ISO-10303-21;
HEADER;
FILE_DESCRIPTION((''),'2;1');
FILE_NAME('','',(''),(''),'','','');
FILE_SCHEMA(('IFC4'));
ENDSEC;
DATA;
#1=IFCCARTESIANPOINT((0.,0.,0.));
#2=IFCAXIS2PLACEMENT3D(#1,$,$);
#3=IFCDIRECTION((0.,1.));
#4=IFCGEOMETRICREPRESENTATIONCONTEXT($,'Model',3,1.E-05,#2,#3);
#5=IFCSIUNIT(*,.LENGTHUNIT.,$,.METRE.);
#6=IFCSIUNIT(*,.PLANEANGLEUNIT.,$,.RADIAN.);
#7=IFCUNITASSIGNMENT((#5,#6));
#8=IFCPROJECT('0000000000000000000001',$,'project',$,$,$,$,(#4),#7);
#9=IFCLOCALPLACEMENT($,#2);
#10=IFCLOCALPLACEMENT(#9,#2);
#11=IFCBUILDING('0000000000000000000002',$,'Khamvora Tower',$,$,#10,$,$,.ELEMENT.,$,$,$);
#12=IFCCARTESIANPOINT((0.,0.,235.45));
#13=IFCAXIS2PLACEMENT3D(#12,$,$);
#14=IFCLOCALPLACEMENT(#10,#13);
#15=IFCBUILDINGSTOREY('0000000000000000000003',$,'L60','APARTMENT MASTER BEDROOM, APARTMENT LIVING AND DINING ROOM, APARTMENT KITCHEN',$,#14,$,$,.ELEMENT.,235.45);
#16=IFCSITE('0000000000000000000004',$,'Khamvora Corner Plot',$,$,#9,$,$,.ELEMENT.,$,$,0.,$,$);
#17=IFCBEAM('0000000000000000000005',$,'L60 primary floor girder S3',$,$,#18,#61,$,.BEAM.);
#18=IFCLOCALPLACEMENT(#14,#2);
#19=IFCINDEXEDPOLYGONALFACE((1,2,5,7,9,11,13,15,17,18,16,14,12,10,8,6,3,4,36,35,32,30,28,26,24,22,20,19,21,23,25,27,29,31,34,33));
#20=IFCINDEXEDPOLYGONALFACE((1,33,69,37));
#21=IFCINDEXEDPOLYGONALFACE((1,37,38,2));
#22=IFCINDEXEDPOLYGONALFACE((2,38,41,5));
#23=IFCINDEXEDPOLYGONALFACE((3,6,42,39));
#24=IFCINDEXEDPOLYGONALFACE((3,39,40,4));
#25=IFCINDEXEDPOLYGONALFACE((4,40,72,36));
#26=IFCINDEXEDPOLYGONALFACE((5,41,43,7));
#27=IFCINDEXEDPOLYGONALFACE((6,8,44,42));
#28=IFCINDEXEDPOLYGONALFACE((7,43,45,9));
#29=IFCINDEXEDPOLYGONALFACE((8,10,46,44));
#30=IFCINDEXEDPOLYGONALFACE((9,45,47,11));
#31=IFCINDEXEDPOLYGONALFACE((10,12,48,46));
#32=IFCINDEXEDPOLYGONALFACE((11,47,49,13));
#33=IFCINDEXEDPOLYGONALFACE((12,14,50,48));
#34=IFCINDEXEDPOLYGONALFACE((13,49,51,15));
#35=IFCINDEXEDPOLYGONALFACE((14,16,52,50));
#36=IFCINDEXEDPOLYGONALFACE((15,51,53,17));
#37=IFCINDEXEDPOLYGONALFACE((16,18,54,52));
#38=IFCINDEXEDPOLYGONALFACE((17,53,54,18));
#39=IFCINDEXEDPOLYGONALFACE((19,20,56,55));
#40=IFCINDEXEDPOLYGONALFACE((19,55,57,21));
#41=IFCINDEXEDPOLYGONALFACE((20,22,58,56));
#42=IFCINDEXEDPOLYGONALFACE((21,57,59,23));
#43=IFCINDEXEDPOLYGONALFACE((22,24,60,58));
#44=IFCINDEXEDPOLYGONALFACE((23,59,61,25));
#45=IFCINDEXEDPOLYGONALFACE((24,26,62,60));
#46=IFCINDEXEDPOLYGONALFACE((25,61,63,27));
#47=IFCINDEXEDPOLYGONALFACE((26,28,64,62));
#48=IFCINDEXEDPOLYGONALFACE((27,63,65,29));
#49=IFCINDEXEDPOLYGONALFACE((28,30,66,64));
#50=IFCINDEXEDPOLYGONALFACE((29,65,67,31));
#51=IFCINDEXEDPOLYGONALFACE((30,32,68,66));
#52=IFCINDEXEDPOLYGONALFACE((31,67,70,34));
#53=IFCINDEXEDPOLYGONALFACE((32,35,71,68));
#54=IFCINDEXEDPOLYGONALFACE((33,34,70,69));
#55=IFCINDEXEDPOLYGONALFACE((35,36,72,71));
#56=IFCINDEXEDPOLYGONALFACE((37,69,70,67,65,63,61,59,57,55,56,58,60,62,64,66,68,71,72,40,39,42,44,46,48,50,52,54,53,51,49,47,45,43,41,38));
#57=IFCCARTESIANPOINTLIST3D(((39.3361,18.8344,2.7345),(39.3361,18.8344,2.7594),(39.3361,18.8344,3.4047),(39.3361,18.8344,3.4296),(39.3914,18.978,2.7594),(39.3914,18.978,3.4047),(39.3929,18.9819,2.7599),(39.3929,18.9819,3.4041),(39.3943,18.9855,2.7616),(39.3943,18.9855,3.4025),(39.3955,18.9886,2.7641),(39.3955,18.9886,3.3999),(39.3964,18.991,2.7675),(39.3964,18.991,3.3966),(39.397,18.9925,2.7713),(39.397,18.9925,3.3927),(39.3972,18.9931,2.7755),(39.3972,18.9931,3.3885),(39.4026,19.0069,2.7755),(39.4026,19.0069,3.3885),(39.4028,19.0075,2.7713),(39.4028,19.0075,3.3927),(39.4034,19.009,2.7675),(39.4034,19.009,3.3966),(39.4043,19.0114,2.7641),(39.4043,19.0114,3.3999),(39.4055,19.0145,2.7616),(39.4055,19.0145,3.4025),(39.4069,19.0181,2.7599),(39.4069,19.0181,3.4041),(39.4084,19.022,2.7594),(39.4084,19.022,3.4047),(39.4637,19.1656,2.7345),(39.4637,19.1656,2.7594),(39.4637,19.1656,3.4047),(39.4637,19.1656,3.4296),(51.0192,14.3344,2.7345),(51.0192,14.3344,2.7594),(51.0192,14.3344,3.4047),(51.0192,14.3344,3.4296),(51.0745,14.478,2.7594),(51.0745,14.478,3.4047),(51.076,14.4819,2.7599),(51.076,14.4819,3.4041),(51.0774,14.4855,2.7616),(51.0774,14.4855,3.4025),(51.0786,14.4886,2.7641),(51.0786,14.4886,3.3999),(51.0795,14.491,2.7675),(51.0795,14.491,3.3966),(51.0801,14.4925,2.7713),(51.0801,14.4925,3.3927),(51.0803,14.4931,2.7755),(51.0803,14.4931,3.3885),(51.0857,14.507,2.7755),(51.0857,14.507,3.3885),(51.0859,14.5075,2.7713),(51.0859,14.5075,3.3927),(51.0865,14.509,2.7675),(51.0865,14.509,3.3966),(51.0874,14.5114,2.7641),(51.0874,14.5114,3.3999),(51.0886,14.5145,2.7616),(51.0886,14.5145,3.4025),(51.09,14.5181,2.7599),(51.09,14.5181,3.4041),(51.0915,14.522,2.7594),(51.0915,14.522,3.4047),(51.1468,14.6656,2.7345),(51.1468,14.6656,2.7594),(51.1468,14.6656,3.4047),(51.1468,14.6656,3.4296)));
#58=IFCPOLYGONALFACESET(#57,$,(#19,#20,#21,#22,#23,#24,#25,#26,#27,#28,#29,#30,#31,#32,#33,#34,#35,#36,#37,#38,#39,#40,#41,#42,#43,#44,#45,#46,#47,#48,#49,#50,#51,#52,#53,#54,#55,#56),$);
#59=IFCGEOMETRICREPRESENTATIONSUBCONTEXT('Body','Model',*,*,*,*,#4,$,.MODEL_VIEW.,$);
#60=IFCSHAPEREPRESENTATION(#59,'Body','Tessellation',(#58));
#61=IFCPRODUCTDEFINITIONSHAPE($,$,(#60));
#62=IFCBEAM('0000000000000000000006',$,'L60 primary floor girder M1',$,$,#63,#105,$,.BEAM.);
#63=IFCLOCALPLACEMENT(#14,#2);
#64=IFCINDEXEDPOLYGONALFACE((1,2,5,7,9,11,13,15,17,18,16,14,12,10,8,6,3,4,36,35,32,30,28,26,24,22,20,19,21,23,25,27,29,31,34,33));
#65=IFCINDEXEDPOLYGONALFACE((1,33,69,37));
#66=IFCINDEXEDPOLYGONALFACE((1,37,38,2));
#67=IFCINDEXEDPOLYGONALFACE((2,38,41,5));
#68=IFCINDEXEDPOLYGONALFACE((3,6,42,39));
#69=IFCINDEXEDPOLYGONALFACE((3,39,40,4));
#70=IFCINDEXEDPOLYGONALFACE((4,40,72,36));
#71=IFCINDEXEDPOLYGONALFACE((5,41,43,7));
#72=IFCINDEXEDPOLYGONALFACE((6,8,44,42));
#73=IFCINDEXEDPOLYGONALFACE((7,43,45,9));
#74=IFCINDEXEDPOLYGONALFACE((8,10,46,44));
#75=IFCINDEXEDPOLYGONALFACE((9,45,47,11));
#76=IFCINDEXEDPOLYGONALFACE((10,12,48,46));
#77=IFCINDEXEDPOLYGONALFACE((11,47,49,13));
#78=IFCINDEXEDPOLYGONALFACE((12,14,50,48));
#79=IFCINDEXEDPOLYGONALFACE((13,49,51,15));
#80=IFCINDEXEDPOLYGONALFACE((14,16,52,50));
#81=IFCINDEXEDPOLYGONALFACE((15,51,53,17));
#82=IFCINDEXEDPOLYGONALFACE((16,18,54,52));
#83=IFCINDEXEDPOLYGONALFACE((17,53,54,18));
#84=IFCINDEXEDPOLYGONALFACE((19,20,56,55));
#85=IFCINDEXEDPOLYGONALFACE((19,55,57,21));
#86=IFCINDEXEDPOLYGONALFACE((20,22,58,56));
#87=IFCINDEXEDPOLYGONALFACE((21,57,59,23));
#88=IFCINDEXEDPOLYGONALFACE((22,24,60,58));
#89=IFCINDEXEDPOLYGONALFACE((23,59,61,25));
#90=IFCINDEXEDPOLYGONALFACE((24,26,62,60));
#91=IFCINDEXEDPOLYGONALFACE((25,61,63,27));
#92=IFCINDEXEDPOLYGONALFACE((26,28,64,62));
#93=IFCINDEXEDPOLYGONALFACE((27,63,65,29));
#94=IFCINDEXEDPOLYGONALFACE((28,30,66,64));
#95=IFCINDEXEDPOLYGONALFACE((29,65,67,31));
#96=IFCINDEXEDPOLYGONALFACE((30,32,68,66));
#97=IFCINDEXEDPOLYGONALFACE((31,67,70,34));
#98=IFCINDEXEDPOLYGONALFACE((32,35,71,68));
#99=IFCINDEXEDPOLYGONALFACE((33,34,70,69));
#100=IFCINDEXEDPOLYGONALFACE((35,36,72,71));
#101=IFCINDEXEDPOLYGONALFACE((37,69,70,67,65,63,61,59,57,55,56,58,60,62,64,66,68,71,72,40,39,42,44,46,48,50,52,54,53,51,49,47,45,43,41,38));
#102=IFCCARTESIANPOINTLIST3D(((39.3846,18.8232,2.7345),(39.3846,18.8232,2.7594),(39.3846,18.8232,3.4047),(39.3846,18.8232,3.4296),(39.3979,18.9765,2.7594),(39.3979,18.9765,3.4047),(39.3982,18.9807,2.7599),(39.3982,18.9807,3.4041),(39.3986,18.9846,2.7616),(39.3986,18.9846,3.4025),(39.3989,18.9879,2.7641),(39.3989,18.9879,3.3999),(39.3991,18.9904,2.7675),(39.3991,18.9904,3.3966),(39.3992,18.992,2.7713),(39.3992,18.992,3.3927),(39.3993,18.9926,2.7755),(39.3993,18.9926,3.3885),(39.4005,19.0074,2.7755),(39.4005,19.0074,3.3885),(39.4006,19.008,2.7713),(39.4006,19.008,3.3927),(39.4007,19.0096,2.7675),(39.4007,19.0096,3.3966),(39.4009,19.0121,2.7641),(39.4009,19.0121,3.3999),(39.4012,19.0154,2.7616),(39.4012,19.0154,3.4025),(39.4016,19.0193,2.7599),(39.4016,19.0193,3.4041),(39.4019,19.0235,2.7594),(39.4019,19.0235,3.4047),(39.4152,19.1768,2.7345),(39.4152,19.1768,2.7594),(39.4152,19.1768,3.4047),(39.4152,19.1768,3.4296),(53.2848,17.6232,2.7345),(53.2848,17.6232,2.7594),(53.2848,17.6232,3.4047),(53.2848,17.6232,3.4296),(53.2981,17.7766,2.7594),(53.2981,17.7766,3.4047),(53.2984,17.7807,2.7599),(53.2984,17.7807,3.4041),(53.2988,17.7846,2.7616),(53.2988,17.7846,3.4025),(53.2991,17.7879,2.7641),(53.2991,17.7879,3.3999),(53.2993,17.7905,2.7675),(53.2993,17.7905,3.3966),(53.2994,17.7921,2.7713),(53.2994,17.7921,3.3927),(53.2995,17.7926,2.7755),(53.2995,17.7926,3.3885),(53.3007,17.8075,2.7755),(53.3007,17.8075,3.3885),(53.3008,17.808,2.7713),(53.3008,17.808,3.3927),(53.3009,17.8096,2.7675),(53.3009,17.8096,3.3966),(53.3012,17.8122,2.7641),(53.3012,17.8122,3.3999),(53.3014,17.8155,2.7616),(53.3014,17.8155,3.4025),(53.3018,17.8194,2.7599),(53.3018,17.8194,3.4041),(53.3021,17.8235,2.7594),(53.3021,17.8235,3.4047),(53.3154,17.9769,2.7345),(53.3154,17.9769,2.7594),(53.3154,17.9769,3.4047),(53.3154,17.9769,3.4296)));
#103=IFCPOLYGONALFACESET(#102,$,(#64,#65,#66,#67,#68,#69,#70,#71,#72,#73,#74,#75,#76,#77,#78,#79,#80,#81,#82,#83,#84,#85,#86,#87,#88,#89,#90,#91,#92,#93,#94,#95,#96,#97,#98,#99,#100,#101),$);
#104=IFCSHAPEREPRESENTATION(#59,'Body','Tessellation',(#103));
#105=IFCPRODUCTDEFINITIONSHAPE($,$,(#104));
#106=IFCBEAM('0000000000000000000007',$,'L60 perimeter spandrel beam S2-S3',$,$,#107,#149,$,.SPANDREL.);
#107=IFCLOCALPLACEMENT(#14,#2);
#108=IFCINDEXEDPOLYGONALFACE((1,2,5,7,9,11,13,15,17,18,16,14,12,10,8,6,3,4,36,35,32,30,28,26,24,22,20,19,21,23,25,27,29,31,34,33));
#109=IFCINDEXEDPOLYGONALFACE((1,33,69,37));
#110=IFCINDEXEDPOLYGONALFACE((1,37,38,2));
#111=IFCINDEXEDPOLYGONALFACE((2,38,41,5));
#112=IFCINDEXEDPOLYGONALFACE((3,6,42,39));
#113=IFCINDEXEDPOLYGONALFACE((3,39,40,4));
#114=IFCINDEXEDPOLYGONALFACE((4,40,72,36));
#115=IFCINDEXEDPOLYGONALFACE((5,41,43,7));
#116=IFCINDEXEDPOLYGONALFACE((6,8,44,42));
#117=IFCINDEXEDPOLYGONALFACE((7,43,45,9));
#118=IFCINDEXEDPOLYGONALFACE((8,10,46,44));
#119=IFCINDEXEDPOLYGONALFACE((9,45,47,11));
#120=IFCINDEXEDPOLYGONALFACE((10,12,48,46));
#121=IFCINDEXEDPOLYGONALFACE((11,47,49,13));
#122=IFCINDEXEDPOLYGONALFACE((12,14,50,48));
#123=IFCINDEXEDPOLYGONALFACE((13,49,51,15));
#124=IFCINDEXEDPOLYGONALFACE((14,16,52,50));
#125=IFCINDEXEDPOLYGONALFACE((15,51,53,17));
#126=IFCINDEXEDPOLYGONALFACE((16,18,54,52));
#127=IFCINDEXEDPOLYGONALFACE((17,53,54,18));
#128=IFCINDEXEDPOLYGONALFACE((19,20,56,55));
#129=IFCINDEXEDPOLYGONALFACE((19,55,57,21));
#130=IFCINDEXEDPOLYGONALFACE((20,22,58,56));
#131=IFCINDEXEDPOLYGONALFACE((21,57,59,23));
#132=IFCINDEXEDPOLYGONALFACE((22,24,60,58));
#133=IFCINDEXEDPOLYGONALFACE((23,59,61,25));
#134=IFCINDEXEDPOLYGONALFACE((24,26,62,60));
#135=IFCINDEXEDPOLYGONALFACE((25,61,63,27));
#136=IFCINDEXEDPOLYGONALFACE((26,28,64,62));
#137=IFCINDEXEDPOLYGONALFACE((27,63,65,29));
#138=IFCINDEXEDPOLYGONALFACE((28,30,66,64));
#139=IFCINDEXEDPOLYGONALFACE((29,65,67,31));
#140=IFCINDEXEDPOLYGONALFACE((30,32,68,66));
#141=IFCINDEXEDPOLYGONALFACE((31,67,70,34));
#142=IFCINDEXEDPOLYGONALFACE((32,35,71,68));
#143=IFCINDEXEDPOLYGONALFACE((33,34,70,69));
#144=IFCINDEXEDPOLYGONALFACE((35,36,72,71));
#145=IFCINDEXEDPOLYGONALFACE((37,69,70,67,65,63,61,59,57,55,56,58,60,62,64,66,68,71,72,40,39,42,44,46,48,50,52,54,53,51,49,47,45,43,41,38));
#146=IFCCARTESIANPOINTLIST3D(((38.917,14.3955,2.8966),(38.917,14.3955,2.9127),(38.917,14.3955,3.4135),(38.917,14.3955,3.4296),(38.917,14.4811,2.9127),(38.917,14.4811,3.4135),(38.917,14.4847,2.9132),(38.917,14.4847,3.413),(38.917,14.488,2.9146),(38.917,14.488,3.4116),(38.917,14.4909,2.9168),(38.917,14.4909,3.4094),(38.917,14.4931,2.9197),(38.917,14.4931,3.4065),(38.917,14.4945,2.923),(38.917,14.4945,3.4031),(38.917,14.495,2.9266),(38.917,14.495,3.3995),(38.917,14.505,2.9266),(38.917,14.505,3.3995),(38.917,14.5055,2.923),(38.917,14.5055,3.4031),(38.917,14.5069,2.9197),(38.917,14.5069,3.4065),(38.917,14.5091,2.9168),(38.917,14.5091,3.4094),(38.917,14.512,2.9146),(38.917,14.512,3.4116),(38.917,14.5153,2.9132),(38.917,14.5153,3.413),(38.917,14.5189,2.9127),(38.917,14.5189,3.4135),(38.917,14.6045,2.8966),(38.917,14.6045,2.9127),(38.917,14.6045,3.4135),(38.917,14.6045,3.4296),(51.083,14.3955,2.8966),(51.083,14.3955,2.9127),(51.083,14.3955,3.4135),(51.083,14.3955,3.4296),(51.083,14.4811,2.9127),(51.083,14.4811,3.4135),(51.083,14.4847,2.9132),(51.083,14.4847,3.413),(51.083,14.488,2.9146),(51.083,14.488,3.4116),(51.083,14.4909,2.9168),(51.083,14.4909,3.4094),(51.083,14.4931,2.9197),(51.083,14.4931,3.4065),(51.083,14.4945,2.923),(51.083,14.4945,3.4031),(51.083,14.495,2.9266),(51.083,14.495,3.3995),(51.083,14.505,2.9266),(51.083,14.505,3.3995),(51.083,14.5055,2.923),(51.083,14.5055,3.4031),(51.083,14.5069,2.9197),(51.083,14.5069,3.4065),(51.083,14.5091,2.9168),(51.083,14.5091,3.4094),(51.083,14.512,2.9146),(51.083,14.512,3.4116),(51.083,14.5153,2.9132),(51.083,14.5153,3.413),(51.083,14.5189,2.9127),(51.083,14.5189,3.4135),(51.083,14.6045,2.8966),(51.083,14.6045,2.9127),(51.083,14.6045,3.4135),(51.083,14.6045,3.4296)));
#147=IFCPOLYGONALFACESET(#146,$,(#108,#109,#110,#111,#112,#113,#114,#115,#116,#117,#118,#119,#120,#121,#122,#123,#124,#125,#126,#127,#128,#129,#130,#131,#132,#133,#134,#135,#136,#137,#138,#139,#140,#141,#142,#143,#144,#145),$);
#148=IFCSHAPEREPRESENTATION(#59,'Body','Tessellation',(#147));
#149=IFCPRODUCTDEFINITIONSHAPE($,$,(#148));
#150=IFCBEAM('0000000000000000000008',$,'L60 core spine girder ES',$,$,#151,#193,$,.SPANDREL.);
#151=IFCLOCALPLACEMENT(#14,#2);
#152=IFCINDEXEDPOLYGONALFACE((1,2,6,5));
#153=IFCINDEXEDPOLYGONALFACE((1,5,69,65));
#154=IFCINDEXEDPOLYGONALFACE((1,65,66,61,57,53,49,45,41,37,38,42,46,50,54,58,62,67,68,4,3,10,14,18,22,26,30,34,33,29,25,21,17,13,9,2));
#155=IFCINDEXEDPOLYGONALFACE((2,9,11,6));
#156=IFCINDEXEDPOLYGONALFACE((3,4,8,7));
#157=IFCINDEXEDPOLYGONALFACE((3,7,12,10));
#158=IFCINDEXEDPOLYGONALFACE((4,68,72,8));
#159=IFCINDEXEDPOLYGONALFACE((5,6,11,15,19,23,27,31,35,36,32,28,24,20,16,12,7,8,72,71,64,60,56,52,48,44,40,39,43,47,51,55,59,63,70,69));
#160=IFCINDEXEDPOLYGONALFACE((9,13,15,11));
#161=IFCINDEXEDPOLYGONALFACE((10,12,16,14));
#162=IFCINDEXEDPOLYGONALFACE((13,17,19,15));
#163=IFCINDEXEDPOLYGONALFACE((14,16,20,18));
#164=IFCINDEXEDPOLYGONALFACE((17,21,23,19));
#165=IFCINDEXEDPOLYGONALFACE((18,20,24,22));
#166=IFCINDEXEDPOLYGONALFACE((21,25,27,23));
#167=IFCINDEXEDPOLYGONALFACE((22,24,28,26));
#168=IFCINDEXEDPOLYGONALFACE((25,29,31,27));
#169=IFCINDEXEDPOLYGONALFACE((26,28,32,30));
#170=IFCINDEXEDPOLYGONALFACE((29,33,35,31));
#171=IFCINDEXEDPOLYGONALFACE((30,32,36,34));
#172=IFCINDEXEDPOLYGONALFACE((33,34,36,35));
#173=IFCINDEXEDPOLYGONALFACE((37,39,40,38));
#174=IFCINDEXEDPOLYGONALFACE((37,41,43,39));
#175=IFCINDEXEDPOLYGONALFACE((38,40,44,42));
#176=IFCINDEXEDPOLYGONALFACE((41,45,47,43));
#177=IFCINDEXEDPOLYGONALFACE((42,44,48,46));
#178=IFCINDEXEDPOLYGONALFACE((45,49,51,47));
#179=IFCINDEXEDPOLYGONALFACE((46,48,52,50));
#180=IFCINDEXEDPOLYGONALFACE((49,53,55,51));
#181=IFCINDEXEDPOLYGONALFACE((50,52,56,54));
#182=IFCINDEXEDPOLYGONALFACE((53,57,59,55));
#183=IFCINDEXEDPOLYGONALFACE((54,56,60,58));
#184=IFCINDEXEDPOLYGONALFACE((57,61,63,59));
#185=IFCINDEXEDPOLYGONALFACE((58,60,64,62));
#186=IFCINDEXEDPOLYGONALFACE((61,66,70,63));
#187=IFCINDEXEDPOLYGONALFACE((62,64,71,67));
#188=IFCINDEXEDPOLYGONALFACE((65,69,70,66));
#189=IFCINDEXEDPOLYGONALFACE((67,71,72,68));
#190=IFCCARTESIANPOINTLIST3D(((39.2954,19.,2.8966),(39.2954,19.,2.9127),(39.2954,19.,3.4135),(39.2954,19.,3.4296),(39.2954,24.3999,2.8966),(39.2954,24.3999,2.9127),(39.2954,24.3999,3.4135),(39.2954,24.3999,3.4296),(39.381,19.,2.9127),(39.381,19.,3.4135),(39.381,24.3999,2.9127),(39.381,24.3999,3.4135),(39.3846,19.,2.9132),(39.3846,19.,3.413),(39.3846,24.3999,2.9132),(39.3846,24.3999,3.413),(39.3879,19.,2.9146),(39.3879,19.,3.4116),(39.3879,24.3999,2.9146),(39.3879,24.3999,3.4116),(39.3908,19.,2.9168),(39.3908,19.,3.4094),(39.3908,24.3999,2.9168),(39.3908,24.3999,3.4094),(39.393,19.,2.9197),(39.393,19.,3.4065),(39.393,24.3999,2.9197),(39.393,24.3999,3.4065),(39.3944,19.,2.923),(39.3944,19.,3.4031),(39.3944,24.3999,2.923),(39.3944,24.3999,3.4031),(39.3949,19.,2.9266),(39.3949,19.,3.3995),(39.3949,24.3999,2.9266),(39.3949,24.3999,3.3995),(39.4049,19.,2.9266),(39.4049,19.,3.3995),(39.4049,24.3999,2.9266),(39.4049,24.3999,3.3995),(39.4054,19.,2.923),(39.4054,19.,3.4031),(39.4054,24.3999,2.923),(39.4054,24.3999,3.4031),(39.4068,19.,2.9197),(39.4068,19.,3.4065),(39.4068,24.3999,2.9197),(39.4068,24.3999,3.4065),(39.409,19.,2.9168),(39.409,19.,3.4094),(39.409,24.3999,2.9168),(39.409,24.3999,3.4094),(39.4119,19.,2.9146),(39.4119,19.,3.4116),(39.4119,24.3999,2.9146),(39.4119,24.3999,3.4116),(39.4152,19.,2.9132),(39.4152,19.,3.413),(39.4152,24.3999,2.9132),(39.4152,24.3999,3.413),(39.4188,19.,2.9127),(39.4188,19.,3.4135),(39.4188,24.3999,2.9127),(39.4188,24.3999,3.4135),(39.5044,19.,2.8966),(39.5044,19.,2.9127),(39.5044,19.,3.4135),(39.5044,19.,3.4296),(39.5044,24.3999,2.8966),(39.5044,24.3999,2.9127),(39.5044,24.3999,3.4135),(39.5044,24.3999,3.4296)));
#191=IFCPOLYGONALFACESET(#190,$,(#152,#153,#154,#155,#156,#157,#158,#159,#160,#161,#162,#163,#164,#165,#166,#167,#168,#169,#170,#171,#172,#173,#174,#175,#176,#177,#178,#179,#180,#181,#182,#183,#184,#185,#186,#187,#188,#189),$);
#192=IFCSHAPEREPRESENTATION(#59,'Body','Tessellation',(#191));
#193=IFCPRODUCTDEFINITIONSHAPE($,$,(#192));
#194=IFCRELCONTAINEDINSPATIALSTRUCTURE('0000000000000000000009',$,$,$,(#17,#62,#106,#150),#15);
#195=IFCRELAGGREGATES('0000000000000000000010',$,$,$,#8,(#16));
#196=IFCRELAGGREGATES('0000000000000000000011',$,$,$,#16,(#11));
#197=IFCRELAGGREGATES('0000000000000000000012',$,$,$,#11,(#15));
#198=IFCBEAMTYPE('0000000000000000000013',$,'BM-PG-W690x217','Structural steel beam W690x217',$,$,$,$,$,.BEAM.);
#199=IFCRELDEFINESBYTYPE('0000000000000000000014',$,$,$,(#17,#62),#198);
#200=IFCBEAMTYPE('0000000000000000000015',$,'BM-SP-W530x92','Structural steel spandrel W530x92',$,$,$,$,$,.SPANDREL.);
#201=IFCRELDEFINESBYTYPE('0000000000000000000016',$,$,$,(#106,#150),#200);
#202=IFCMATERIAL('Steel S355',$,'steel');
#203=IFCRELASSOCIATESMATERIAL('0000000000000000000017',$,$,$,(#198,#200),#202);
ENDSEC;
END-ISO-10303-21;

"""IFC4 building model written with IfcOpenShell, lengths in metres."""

from ifc_helpers import new_model, si_unit, direction, frame, origin, origin_2d, place, context, subcontext, project, spatial, i_section, extrude, material, material_profile, profile_set, type_object, element, save


model = new_model("IFC4")

# Units and contexts
model_context = context("Model", 3, precision=1e-05, world=origin(), true_north=direction((0.0, 1.0)))
body_context = subcontext(model_context, "Body", "Model", "MODEL_VIEW")
ifc_project = project(units=[si_unit("LENGTHUNIT", "METRE"), si_unit("PLANEANGLEUNIT", "RADIAN")], contexts=[model_context])

# Site, building, storey
site_placement = place(None, origin())
site = spatial("IfcSite", under=ifc_project, at=site_placement, Name="Khamvora Corner Plot", CompositionType="ELEMENT", RefElevation=0.0)
building_placement = place(site_placement, origin())
building = spatial("IfcBuilding", under=site, at=building_placement, Name="Khamvora Tower", CompositionType="ELEMENT")
storey_placement = place(building_placement, frame((0.0, 0.0, 235.45)))
storey = spatial("IfcBuildingStorey", under=building, at=storey_placement, Name="L60", Description="APARTMENT MASTER BEDROOM, APARTMENT LIVING AND DINING ROOM, APARTMENT KITCHEN", CompositionType="ELEMENT", Elevation=235.45)

# Shared definitions
ifc_material_1 = material(Name="Steel S355", Category="steel")

# Beams
ifc_material_profile_1 = material_profile(ifc_material_1, i_section(OverallWidth=0.355, OverallDepth=0.6951, WebThickness=0.0149, FlangeThickness=0.0249, FilletRadius=0.0161, at=origin_2d()), Name="W690x217")
ifc_profile_set_1 = profile_set([ifc_material_profile_1], Name="Steel S355")
beam_type_1 = type_object("IfcBeamType", Name="BM-PG-W690x217", Description="Structural steel beam W690x217", PredefinedType="BEAM", material=ifc_profile_set_1)
beam_1_placement = place(storey_placement, frame((39.3999, 19.0, 3.082), z_axis=(0.933172, -0.359431, 0.0), x_axis=(0.359431, 0.933172, 0.0)))
element("IfcBeam", 1, at=beam_1_placement, inside=storey, type_object=beam_type_1, Name="L60 primary floor girder S3", PredefinedType="BEAM", context=body_context, shape_type="SweptSolid", body=[
    extrude(i_section(OverallWidth=0.355, OverallDepth=0.6951, WebThickness=0.0149, FlangeThickness=0.0249, FilletRadius=0.0161, at=origin_2d()), origin(), (0.0, 0.0, 1.0), 12.5198),
])
beam_2_placement = place(storey_placement, frame((39.3999, 19.0, 3.082), z_axis=(0.996295, -0.086007, 0.0), x_axis=(0.086007, 0.996295, 0.0)))
element("IfcBeam", 2, at=beam_2_placement, inside=storey, type_object=beam_type_1, Name="L60 primary floor girder M1", PredefinedType="BEAM", context=body_context, shape_type="SweptSolid", body=[
    extrude(i_section(OverallWidth=0.355, OverallDepth=0.6951, WebThickness=0.0149, FlangeThickness=0.0249, FilletRadius=0.0161, at=origin_2d()), origin(), (0.0, 0.0, 1.0), 13.9519),
])
ifc_material_profile_2 = material_profile(ifc_material_1, i_section(OverallWidth=0.209, OverallDepth=0.533, WebThickness=0.01, FlangeThickness=0.0161, FilletRadius=0.0139, at=origin_2d()), Name="W530x92")
ifc_profile_set_2 = profile_set([ifc_material_profile_2], Name="Steel S355")
beam_type_2 = type_object("IfcBeamType", Name="BM-SP-W530x92", Description="Structural steel spandrel W530x92", PredefinedType="SPANDREL", material=ifc_profile_set_2)
beam_3_placement = place(storey_placement, frame((38.917, 14.5, 3.1631), z_axis=(1.0, 0.0, 0.0), x_axis=(0.0, 1.0, 0.0)))
element("IfcBeam", 3, at=beam_3_placement, inside=storey, type_object=beam_type_2, Name="L60 perimeter spandrel beam S2-S3", PredefinedType="SPANDREL", context=body_context, shape_type="SweptSolid", body=[
    extrude(i_section(OverallWidth=0.209, OverallDepth=0.533, WebThickness=0.01, FlangeThickness=0.0161, FilletRadius=0.0139, at=origin_2d()), origin(), (0.0, 0.0, 1.0), 12.166),
])
beam_4_placement = place(storey_placement, frame((39.3999, 19.0, 3.1631), z_axis=(0.0, 1.0, 0.0), x_axis=(-1.0, 0.0, 0.0)))
element("IfcBeam", 4, at=beam_4_placement, inside=storey, type_object=beam_type_2, Name="L60 core spine girder ES", PredefinedType="SPANDREL", context=body_context, shape_type="SweptSolid", body=[
    extrude(i_section(OverallWidth=0.209, OverallDepth=0.533, WebThickness=0.01, FlangeThickness=0.0161, FilletRadius=0.0139, at=origin_2d()), origin(), (0.0, 0.0, 1.0), 5.3999),
])

save(model, "model.ifc")
